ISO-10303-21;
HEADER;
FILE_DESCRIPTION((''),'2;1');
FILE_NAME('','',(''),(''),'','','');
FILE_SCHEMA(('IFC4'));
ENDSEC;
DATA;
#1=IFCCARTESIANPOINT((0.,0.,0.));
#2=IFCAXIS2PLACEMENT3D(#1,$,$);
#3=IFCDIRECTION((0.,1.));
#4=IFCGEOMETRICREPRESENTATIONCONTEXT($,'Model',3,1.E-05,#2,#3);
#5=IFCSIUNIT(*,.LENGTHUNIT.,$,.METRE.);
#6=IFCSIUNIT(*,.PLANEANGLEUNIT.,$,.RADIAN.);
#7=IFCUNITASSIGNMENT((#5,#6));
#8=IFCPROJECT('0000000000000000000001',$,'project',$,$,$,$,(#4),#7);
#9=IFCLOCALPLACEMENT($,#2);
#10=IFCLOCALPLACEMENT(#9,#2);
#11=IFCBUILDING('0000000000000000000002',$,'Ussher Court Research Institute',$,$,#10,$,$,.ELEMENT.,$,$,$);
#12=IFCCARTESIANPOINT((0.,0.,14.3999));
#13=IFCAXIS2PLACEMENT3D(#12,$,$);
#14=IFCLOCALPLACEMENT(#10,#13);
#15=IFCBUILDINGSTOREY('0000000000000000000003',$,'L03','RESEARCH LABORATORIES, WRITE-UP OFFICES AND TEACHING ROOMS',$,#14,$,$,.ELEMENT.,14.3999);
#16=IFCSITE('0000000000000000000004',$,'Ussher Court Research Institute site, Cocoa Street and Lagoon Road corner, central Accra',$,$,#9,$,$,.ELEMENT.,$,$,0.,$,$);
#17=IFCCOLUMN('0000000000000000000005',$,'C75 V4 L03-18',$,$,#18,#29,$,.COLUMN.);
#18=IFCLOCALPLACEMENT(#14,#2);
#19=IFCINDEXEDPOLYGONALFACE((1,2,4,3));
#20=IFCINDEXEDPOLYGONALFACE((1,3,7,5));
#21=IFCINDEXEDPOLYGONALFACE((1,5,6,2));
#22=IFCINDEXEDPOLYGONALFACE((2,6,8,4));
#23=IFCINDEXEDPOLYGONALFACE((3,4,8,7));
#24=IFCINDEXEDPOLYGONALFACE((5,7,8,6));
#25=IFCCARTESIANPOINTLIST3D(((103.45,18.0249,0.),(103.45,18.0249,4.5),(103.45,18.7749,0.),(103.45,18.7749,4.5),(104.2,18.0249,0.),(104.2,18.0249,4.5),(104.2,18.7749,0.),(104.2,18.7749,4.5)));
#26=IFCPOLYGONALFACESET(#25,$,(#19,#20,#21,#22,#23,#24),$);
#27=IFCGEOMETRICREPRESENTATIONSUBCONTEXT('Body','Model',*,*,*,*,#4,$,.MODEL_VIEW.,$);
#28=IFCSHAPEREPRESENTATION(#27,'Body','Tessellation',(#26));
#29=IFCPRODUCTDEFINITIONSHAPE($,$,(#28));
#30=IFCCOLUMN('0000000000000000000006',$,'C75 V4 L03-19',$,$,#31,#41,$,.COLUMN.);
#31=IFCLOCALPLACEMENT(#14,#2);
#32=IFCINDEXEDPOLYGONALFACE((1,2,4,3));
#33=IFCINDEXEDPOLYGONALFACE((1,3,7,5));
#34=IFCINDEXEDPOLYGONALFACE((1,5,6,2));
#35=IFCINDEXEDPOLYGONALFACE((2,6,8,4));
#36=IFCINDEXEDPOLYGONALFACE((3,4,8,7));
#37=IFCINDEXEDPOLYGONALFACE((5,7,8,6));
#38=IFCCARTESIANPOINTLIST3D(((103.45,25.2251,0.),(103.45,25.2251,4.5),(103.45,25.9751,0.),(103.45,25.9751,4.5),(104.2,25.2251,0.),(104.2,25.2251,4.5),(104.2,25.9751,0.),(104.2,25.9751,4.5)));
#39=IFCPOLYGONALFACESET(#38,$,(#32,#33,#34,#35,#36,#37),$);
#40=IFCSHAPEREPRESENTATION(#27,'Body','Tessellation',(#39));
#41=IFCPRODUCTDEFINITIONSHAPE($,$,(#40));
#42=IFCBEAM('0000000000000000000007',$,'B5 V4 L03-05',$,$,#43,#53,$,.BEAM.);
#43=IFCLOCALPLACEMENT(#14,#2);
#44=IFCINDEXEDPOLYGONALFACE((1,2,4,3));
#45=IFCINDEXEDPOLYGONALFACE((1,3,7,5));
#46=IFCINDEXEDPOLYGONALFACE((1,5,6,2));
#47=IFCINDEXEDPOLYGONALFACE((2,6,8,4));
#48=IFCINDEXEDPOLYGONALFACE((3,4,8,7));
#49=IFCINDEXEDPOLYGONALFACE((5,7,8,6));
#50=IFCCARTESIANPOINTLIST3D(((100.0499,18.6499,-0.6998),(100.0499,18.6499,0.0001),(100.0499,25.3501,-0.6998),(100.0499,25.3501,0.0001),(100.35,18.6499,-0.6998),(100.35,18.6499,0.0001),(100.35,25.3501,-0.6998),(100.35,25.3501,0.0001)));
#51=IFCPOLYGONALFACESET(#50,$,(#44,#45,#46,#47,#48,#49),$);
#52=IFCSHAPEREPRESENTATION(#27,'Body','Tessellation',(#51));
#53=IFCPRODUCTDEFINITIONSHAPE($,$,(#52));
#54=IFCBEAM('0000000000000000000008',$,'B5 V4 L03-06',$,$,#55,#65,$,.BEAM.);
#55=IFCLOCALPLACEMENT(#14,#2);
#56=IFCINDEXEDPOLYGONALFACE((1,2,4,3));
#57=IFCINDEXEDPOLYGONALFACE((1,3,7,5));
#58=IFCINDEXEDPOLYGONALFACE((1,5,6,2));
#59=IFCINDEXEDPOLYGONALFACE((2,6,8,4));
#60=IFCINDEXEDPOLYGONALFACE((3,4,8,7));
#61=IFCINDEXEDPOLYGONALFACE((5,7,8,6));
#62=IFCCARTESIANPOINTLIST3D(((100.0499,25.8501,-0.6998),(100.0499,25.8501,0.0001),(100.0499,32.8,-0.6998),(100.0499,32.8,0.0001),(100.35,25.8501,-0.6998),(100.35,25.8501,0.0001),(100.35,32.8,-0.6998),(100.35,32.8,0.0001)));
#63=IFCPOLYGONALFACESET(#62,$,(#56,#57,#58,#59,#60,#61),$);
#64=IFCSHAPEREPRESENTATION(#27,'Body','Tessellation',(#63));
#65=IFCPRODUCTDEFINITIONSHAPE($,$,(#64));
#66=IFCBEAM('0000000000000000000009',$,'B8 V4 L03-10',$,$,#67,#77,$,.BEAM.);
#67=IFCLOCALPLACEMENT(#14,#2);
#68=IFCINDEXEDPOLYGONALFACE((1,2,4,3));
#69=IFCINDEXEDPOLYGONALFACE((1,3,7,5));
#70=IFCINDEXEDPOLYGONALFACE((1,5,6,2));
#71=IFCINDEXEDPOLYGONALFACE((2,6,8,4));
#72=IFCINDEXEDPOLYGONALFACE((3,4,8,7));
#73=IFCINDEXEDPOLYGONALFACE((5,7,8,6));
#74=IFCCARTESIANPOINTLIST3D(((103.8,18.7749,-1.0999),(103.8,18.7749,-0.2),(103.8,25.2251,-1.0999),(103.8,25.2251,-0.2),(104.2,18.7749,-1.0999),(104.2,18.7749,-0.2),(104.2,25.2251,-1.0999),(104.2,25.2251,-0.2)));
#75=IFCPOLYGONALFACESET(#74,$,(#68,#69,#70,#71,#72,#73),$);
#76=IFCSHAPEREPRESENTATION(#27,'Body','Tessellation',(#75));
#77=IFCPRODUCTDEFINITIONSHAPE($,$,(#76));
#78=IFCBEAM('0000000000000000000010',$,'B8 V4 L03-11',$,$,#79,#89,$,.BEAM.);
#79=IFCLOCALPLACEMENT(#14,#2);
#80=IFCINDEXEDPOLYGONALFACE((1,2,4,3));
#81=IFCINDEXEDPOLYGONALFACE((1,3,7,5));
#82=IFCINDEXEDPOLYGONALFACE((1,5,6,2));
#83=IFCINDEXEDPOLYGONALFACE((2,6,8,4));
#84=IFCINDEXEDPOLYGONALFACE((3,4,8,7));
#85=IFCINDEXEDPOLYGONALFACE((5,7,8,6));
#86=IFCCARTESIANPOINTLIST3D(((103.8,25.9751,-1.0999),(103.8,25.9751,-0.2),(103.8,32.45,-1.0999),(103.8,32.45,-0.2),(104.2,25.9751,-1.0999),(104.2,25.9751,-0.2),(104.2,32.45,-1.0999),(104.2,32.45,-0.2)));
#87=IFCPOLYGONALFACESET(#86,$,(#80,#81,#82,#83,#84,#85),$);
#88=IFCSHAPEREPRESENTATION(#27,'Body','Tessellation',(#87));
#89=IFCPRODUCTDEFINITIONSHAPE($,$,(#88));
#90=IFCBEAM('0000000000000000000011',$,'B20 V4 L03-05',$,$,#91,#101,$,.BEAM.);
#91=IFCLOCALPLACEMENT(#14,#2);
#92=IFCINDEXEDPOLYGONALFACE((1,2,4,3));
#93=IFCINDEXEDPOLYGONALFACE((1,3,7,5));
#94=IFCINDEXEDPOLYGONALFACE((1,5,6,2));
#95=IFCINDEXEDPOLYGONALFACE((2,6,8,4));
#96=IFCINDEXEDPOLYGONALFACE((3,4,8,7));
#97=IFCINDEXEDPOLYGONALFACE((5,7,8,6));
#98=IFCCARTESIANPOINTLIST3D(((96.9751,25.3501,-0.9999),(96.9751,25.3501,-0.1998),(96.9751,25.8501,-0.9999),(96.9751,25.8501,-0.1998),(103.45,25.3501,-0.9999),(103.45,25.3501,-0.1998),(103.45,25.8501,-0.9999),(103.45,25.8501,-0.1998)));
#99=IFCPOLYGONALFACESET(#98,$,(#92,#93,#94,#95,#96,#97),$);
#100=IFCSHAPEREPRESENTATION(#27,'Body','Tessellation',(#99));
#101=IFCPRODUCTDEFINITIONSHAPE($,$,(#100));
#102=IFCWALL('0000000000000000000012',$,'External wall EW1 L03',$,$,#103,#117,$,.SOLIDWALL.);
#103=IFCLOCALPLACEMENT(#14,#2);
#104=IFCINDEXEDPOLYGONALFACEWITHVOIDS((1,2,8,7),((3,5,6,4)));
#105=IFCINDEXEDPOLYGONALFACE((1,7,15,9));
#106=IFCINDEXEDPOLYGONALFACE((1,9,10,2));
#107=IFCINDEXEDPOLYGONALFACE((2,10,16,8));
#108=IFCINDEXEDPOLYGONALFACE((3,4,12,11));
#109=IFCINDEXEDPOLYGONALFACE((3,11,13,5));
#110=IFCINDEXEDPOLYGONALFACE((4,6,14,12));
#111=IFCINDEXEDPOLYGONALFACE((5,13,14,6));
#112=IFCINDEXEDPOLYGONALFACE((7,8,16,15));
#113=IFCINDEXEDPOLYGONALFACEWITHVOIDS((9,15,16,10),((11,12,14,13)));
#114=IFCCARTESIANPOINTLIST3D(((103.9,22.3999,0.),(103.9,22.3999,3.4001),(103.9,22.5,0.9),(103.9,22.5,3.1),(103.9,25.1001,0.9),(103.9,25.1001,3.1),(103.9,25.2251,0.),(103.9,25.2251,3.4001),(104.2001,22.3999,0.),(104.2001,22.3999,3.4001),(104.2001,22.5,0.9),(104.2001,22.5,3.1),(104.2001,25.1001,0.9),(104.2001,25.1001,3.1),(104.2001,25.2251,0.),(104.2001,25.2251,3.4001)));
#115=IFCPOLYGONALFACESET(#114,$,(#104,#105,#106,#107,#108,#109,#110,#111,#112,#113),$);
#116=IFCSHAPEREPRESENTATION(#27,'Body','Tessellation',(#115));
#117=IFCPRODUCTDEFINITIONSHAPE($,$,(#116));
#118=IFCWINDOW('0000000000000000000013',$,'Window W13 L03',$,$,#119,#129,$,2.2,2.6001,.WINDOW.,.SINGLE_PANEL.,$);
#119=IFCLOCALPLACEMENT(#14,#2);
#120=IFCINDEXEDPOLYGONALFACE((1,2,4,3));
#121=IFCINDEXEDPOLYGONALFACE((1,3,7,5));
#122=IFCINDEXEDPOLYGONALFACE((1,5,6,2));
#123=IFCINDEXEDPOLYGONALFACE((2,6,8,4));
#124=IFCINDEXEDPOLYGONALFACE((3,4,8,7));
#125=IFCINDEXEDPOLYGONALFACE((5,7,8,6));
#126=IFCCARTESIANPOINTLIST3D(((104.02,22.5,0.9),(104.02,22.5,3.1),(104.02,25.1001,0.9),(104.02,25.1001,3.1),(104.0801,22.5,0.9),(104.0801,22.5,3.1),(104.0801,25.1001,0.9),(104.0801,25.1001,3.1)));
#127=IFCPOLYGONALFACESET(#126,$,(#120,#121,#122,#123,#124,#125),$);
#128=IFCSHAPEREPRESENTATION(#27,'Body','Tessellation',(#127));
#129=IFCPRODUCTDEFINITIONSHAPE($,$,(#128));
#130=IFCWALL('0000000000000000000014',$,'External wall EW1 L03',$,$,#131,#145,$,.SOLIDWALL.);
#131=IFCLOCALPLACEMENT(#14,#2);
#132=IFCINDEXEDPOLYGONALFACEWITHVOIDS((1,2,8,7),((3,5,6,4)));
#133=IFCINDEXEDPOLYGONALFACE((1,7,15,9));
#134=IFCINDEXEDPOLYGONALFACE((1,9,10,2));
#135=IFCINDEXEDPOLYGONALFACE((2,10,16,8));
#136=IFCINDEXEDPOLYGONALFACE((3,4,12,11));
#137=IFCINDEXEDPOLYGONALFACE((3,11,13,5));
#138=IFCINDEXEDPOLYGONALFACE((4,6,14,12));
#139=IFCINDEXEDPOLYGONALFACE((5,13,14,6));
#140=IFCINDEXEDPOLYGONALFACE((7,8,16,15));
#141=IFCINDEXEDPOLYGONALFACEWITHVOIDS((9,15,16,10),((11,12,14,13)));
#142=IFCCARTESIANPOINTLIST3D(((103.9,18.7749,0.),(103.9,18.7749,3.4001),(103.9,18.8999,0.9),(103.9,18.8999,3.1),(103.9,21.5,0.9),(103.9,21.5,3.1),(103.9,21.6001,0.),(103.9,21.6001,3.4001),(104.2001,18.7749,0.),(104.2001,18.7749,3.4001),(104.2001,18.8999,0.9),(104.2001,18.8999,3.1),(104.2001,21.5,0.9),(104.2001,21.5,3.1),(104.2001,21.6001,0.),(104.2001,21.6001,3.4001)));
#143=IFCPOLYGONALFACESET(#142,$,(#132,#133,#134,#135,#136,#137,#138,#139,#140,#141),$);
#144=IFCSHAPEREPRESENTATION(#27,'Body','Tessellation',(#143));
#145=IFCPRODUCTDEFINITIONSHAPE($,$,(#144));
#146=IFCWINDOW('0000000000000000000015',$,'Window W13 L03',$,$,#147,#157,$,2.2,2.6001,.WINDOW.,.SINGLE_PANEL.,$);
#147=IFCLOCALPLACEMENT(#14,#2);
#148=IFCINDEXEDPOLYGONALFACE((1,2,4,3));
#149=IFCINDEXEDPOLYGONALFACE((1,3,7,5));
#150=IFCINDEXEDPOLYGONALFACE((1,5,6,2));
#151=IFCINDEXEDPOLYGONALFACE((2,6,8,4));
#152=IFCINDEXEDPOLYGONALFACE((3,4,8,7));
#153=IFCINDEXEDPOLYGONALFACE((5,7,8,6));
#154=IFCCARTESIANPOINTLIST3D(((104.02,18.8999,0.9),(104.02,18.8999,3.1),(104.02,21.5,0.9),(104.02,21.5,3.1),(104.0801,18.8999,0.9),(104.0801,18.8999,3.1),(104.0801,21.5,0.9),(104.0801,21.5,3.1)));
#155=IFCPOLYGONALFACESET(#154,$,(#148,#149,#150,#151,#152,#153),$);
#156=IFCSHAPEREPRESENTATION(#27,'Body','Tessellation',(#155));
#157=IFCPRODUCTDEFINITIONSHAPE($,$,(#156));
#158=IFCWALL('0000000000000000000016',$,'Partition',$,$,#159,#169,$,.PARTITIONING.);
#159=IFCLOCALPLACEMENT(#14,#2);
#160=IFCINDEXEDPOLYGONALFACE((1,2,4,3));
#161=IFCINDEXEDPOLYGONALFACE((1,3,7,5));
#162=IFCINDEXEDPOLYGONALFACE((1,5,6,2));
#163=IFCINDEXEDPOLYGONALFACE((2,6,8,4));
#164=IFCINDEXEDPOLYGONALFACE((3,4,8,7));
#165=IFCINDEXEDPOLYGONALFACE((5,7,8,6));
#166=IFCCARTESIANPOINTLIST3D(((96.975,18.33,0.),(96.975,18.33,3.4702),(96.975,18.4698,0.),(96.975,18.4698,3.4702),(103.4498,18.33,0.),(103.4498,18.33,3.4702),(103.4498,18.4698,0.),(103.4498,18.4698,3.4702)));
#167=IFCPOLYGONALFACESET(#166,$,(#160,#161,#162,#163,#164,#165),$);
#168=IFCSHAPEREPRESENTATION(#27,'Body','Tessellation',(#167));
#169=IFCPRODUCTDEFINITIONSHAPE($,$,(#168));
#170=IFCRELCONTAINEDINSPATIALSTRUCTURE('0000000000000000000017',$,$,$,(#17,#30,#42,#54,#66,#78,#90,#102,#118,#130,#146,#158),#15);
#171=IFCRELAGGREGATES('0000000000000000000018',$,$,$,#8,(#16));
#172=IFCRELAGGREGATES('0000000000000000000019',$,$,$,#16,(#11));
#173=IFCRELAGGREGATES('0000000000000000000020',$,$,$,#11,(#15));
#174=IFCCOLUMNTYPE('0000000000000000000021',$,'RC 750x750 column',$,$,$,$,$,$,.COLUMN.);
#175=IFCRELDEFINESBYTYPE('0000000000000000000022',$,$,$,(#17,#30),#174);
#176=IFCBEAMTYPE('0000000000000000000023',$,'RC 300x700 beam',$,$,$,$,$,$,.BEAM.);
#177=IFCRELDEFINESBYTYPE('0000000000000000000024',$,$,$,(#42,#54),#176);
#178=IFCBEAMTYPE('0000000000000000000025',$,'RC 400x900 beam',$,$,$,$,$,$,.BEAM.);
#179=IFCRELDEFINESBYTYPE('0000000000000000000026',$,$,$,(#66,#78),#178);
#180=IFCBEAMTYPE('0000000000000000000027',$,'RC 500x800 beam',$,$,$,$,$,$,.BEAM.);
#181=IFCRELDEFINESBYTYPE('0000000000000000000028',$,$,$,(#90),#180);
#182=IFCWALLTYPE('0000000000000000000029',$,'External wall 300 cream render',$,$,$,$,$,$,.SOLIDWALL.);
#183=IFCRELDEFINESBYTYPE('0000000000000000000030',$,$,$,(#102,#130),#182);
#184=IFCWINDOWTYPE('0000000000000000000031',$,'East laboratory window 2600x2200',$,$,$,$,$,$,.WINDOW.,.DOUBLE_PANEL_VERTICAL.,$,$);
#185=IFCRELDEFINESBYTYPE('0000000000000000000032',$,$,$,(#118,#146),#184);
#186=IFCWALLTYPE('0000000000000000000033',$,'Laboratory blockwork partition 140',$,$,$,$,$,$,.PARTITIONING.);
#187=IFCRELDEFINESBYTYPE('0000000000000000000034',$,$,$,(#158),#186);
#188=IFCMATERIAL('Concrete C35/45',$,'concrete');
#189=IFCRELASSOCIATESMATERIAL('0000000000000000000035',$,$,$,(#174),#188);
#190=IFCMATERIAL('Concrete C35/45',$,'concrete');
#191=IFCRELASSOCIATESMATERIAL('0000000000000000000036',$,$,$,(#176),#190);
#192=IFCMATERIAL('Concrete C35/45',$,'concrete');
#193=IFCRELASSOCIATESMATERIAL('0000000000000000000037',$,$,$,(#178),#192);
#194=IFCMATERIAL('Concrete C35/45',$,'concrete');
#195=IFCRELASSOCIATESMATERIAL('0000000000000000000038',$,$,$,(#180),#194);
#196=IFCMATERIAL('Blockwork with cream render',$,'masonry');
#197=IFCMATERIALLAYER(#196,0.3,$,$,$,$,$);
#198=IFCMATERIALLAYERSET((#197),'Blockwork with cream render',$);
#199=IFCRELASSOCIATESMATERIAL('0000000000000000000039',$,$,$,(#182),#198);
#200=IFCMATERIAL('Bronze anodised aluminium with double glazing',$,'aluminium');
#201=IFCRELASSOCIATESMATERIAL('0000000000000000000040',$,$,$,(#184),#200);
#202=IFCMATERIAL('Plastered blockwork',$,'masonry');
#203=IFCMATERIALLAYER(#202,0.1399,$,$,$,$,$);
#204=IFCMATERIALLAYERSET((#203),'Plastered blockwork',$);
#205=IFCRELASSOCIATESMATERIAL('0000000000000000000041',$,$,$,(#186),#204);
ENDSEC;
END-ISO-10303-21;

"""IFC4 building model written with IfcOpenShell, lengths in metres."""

from ifc_helpers import new_model, si_unit, direction, frame, frame_2d, origin, origin_2d, place, context, subcontext, project, spatial, rectangle, extrude, material, layer, layer_set, material_profile, profile_set, type_object, element, fill, save


model = new_model("IFC4")

# Units and contexts
model_context = context("Model", 3, precision=1e-05, world=origin(), true_north=direction((0.0, 1.0)))
body_context = subcontext(model_context, "Body", "Model", "MODEL_VIEW")
ifc_project = project(units=[si_unit("LENGTHUNIT", "METRE"), si_unit("PLANEANGLEUNIT", "RADIAN")], contexts=[model_context])

# Site, building, storey
site_placement = place(None, origin())
site = spatial("IfcSite", under=ifc_project, at=site_placement, Name="Ussher Court Research Institute site, Cocoa Street and Lagoon Road corner, central Accra", CompositionType="ELEMENT", RefElevation=0.0)
building_placement = place(site_placement, origin())
building = spatial("IfcBuilding", under=site, at=building_placement, Name="Ussher Court Research Institute", CompositionType="ELEMENT")
storey_placement = place(building_placement, frame((0.0, 0.0, 14.3999)))
storey = spatial("IfcBuildingStorey", under=building, at=storey_placement, Name="L03", Description="RESEARCH LABORATORIES, WRITE-UP OFFICES AND TEACHING ROOMS", CompositionType="ELEMENT", Elevation=14.3999)

# Columns
ifc_material_1 = material(Name="Concrete C35/45", Category="concrete")
ifc_material_profile_1 = material_profile(ifc_material_1, rectangle(XDim=0.75, YDim=0.75, at=origin_2d()), Name="RC 750x750")
ifc_profile_set_1 = profile_set([ifc_material_profile_1], Name="Concrete C35/45")
column_type = type_object("IfcColumnType", Name="RC 750x750 column", PredefinedType="COLUMN", material=ifc_profile_set_1)
for number, where, z_axis, x_axis, name in (
    (1, (103.825, 18.3999, 0.0), (0.0, 0.0, 1.0), (1.0, 0.0, 0.0), "C75 V4 L03-18"),
    (2, (103.825, 25.6001, 0.0), (0.0, 0.0, 1.0), (1.0, 0.0, 0.0), "C75 V4 L03-19"),
):
    element("IfcColumn", number, at=place(storey_placement, frame(where, z_axis=z_axis, x_axis=x_axis)), inside=storey, type_object=column_type, Name=name, PredefinedType="COLUMN", context=body_context, shape_type="SweptSolid", body=[
        extrude(rectangle(XDim=0.75, YDim=0.75, at=origin_2d()), origin(), (0.0, 0.0, 1.0), 4.5),
    ])

# Beams
ifc_material_2 = material(Name="Concrete C35/45", Category="concrete")
ifc_material_profile_2 = material_profile(ifc_material_2, rectangle(XDim=0.3, YDim=0.7, at=origin_2d()), Name="RC 300x700")
ifc_profile_set_2 = profile_set([ifc_material_profile_2], Name="Concrete C35/45")
beam_type_1 = type_object("IfcBeamType", Name="RC 300x700 beam", PredefinedType="BEAM", material=ifc_profile_set_2)
beam_1_placement = place(storey_placement, frame((100.2, 18.6499, -0.3499), z_axis=(0.0, 1.0, 0.0), x_axis=(-1.0, 0.0, 0.0)))
element("IfcBeam", 3, at=beam_1_placement, inside=storey, type_object=beam_type_1, Name="B5 V4 L03-05", PredefinedType="BEAM", context=body_context, shape_type="SweptSolid", body=[
    extrude(rectangle(XDim=0.3, YDim=0.7, at=origin_2d()), origin(), (0.0, 0.0, 1.0), 6.7002),
])
beam_2_placement = place(storey_placement, frame((100.2, 25.8501, -0.3499), z_axis=(0.0, 1.0, 0.0), x_axis=(-1.0, 0.0, 0.0)))
element("IfcBeam", 4, at=beam_2_placement, inside=storey, type_object=beam_type_1, Name="B5 V4 L03-06", PredefinedType="BEAM", context=body_context, shape_type="SweptSolid", body=[
    extrude(rectangle(XDim=0.3, YDim=0.7, at=origin_2d()), origin(), (0.0, 0.0, 1.0), 6.95),
])
ifc_material_3 = material(Name="Concrete C35/45", Category="concrete")
ifc_material_profile_3 = material_profile(ifc_material_3, rectangle(XDim=0.3999, YDim=0.8999, at=origin_2d()), Name="RC 400x900")
ifc_profile_set_3 = profile_set([ifc_material_profile_3], Name="Concrete C35/45")
beam_type_2 = type_object("IfcBeamType", Name="RC 400x900 beam", PredefinedType="BEAM", material=ifc_profile_set_3)
beam_3_placement = place(storey_placement, frame((104.0, 18.7749, -0.6499), z_axis=(0.0, 1.0, 0.0), x_axis=(-1.0, 0.0, 0.0)))
element("IfcBeam", 5, at=beam_3_placement, inside=storey, type_object=beam_type_2, Name="B8 V4 L03-10", PredefinedType="BEAM", context=body_context, shape_type="SweptSolid", body=[
    extrude(rectangle(XDim=0.3999, YDim=0.8999, at=origin_2d()), origin(), (0.0, 0.0, 1.0), 6.4502),
])
beam_4_placement = place(storey_placement, frame((104.0, 25.9751, -0.6499), z_axis=(0.0, 1.0, 0.0), x_axis=(-1.0, 0.0, 0.0)))
element("IfcBeam", 6, at=beam_4_placement, inside=storey, type_object=beam_type_2, Name="B8 V4 L03-11", PredefinedType="BEAM", context=body_context, shape_type="SweptSolid", body=[
    extrude(rectangle(XDim=0.3999, YDim=0.8999, at=origin_2d()), origin(), (0.0, 0.0, 1.0), 6.4749),
])
ifc_material_4 = material(Name="Concrete C35/45", Category="concrete")
ifc_material_profile_4 = material_profile(ifc_material_4, rectangle(XDim=0.5, YDim=0.8, at=origin_2d()), Name="RC 500x800")
ifc_profile_set_4 = profile_set([ifc_material_profile_4], Name="Concrete C35/45")
beam_type_3 = type_object("IfcBeamType", Name="RC 500x800 beam", PredefinedType="BEAM", material=ifc_profile_set_4)
beam_5_placement = place(storey_placement, frame((96.9751, 25.6001, -0.5999), z_axis=(1.0, 0.0, 0.0), x_axis=(0.0, 1.0, 0.0)))
element("IfcBeam", 7, at=beam_5_placement, inside=storey, type_object=beam_type_3, Name="B20 V4 L03-05", PredefinedType="BEAM", context=body_context, shape_type="SweptSolid", body=[
    extrude(rectangle(XDim=0.5, YDim=0.8, at=origin_2d()), origin(), (0.0, 0.0, 1.0), 6.4749),
])

# Walls, openings, windows
ifc_material_5 = material(Name="Blockwork with cream render", Category="masonry")
ifc_layer_1 = layer(ifc_material_5, 0.3)
ifc_layer_set_1 = layer_set([ifc_layer_1], Name="Blockwork with cream render")
wall_type_1 = type_object("IfcWallType", Name="External wall 300 cream render", PredefinedType="SOLIDWALL", material=ifc_layer_set_1)
wall_1_placement = place(storey_placement, frame((104.05, 25.2251, 0.0), z_axis=(0.0, 0.0, 1.0), x_axis=(0.0, -1.0, 0.0)))
wall_1 = element("IfcWall", 8, at=wall_1_placement, inside=storey, type_object=wall_type_1, Name="External wall EW1 L03", PredefinedType="SOLIDWALL", context=body_context, shape_type="SweptSolid", body=[
    extrude(rectangle(XDim=2.8252, YDim=0.3, at=frame_2d((1.4126, 0.0))), origin(), (0.0, 0.0, 1.0), 3.4001),
])
opening_1_placement = place(wall_1_placement, frame((0.125, 0.0, 0.8999)))
opening_1 = element("IfcOpeningElement", 9, at=opening_1_placement, cuts=wall_1, PredefinedType="OPENING", context=body_context, shape_type="SweptSolid", body=[
    extrude(rectangle(XDim=2.6001, YDim=2.2, at=frame_2d((1.3, 1.1001))), frame((0.0, 0.1602, 0.0), z_axis=(0.0, -1.0, 0.0), x_axis=(1.0, 0.0, 0.0)), (0.0, 0.0, 1.0), 0.3201),
])
ifc_material_6 = material(Name="Bronze anodised aluminium with double glazing", Category="aluminium")
window_type = type_object("IfcWindowType", Name="East laboratory window 2600x2200", PartitioningType="DOUBLE_PANEL_VERTICAL", PredefinedType="WINDOW", material=ifc_material_6)
window_1_placement = place(opening_1_placement, origin())
window_1 = element("IfcWindow", 10, at=window_1_placement, inside=storey, type_object=window_type, Name="Window W13 L03", OverallHeight=2.2, OverallWidth=2.6001, PartitioningType="SINGLE_PANEL", PredefinedType="WINDOW", context=body_context, shape_type="SweptSolid", body=[
    extrude(rectangle(XDim=2.6001, YDim=2.2, at=frame_2d((1.3, 1.1001))), frame((0.0, 0.03, 0.0), z_axis=(0.0, -1.0, 0.0), x_axis=(1.0, 0.0, 0.0)), (0.0, 0.0, 1.0), 0.0601),
])
fill(opening_1, window_1)
wall_2_placement = place(storey_placement, frame((104.05, 21.6001, 0.0), z_axis=(0.0, 0.0, 1.0), x_axis=(0.0, -1.0, 0.0)))
wall_2 = element("IfcWall", 11, at=wall_2_placement, inside=storey, type_object=wall_type_1, Name="External wall EW1 L03", PredefinedType="SOLIDWALL", context=body_context, shape_type="SweptSolid", body=[
    extrude(rectangle(XDim=2.8252, YDim=0.3, at=frame_2d((1.4126, 0.0))), origin(), (0.0, 0.0, 1.0), 3.4001),
])
opening_2_placement = place(wall_2_placement, frame((0.1001, 0.0, 0.8999)))
opening_2 = element("IfcOpeningElement", 12, at=opening_2_placement, cuts=wall_2, PredefinedType="OPENING", context=body_context, shape_type="SweptSolid", body=[
    extrude(rectangle(XDim=2.6001, YDim=2.2, at=frame_2d((1.3, 1.1001))), frame((0.0, 0.1602, 0.0), z_axis=(0.0, -1.0, 0.0), x_axis=(1.0, 0.0, 0.0)), (0.0, 0.0, 1.0), 0.3201),
])
window_2_placement = place(opening_2_placement, origin())
window_2 = element("IfcWindow", 13, at=window_2_placement, inside=storey, type_object=window_type, Name="Window W13 L03", OverallHeight=2.2, OverallWidth=2.6001, PartitioningType="SINGLE_PANEL", PredefinedType="WINDOW", context=body_context, shape_type="SweptSolid", body=[
    extrude(rectangle(XDim=2.6001, YDim=2.2, at=frame_2d((1.3, 1.1001))), frame((0.0, 0.03, 0.0), z_axis=(0.0, -1.0, 0.0), x_axis=(1.0, 0.0, 0.0)), (0.0, 0.0, 1.0), 0.0601),
])
fill(opening_2, window_2)

# Wall
ifc_material_7 = material(Name="Plastered blockwork", Category="masonry")
ifc_layer_2 = layer(ifc_material_7, 0.1399)
ifc_layer_set_2 = layer_set([ifc_layer_2], Name="Plastered blockwork")
wall_type_2 = type_object("IfcWallType", Name="Laboratory blockwork partition 140", PredefinedType="PARTITIONING", material=ifc_layer_set_2)
wall_3_placement = place(storey_placement, frame((96.9751, 18.3999, 0.0), z_axis=(0.0, 0.0, 1.0), x_axis=(1.0, 0.0, 0.0)))
element("IfcWall", 14, at=wall_3_placement, inside=storey, type_object=wall_type_2, Name="Partition", PredefinedType="PARTITIONING", context=body_context, shape_type="SweptSolid", body=[
    extrude(rectangle(XDim=6.4749, YDim=0.1399, at=frame_2d((3.2373, 0.0))), origin(), (0.0, 0.0, 1.0), 3.4702),
])

save(model, "model.ifc")
